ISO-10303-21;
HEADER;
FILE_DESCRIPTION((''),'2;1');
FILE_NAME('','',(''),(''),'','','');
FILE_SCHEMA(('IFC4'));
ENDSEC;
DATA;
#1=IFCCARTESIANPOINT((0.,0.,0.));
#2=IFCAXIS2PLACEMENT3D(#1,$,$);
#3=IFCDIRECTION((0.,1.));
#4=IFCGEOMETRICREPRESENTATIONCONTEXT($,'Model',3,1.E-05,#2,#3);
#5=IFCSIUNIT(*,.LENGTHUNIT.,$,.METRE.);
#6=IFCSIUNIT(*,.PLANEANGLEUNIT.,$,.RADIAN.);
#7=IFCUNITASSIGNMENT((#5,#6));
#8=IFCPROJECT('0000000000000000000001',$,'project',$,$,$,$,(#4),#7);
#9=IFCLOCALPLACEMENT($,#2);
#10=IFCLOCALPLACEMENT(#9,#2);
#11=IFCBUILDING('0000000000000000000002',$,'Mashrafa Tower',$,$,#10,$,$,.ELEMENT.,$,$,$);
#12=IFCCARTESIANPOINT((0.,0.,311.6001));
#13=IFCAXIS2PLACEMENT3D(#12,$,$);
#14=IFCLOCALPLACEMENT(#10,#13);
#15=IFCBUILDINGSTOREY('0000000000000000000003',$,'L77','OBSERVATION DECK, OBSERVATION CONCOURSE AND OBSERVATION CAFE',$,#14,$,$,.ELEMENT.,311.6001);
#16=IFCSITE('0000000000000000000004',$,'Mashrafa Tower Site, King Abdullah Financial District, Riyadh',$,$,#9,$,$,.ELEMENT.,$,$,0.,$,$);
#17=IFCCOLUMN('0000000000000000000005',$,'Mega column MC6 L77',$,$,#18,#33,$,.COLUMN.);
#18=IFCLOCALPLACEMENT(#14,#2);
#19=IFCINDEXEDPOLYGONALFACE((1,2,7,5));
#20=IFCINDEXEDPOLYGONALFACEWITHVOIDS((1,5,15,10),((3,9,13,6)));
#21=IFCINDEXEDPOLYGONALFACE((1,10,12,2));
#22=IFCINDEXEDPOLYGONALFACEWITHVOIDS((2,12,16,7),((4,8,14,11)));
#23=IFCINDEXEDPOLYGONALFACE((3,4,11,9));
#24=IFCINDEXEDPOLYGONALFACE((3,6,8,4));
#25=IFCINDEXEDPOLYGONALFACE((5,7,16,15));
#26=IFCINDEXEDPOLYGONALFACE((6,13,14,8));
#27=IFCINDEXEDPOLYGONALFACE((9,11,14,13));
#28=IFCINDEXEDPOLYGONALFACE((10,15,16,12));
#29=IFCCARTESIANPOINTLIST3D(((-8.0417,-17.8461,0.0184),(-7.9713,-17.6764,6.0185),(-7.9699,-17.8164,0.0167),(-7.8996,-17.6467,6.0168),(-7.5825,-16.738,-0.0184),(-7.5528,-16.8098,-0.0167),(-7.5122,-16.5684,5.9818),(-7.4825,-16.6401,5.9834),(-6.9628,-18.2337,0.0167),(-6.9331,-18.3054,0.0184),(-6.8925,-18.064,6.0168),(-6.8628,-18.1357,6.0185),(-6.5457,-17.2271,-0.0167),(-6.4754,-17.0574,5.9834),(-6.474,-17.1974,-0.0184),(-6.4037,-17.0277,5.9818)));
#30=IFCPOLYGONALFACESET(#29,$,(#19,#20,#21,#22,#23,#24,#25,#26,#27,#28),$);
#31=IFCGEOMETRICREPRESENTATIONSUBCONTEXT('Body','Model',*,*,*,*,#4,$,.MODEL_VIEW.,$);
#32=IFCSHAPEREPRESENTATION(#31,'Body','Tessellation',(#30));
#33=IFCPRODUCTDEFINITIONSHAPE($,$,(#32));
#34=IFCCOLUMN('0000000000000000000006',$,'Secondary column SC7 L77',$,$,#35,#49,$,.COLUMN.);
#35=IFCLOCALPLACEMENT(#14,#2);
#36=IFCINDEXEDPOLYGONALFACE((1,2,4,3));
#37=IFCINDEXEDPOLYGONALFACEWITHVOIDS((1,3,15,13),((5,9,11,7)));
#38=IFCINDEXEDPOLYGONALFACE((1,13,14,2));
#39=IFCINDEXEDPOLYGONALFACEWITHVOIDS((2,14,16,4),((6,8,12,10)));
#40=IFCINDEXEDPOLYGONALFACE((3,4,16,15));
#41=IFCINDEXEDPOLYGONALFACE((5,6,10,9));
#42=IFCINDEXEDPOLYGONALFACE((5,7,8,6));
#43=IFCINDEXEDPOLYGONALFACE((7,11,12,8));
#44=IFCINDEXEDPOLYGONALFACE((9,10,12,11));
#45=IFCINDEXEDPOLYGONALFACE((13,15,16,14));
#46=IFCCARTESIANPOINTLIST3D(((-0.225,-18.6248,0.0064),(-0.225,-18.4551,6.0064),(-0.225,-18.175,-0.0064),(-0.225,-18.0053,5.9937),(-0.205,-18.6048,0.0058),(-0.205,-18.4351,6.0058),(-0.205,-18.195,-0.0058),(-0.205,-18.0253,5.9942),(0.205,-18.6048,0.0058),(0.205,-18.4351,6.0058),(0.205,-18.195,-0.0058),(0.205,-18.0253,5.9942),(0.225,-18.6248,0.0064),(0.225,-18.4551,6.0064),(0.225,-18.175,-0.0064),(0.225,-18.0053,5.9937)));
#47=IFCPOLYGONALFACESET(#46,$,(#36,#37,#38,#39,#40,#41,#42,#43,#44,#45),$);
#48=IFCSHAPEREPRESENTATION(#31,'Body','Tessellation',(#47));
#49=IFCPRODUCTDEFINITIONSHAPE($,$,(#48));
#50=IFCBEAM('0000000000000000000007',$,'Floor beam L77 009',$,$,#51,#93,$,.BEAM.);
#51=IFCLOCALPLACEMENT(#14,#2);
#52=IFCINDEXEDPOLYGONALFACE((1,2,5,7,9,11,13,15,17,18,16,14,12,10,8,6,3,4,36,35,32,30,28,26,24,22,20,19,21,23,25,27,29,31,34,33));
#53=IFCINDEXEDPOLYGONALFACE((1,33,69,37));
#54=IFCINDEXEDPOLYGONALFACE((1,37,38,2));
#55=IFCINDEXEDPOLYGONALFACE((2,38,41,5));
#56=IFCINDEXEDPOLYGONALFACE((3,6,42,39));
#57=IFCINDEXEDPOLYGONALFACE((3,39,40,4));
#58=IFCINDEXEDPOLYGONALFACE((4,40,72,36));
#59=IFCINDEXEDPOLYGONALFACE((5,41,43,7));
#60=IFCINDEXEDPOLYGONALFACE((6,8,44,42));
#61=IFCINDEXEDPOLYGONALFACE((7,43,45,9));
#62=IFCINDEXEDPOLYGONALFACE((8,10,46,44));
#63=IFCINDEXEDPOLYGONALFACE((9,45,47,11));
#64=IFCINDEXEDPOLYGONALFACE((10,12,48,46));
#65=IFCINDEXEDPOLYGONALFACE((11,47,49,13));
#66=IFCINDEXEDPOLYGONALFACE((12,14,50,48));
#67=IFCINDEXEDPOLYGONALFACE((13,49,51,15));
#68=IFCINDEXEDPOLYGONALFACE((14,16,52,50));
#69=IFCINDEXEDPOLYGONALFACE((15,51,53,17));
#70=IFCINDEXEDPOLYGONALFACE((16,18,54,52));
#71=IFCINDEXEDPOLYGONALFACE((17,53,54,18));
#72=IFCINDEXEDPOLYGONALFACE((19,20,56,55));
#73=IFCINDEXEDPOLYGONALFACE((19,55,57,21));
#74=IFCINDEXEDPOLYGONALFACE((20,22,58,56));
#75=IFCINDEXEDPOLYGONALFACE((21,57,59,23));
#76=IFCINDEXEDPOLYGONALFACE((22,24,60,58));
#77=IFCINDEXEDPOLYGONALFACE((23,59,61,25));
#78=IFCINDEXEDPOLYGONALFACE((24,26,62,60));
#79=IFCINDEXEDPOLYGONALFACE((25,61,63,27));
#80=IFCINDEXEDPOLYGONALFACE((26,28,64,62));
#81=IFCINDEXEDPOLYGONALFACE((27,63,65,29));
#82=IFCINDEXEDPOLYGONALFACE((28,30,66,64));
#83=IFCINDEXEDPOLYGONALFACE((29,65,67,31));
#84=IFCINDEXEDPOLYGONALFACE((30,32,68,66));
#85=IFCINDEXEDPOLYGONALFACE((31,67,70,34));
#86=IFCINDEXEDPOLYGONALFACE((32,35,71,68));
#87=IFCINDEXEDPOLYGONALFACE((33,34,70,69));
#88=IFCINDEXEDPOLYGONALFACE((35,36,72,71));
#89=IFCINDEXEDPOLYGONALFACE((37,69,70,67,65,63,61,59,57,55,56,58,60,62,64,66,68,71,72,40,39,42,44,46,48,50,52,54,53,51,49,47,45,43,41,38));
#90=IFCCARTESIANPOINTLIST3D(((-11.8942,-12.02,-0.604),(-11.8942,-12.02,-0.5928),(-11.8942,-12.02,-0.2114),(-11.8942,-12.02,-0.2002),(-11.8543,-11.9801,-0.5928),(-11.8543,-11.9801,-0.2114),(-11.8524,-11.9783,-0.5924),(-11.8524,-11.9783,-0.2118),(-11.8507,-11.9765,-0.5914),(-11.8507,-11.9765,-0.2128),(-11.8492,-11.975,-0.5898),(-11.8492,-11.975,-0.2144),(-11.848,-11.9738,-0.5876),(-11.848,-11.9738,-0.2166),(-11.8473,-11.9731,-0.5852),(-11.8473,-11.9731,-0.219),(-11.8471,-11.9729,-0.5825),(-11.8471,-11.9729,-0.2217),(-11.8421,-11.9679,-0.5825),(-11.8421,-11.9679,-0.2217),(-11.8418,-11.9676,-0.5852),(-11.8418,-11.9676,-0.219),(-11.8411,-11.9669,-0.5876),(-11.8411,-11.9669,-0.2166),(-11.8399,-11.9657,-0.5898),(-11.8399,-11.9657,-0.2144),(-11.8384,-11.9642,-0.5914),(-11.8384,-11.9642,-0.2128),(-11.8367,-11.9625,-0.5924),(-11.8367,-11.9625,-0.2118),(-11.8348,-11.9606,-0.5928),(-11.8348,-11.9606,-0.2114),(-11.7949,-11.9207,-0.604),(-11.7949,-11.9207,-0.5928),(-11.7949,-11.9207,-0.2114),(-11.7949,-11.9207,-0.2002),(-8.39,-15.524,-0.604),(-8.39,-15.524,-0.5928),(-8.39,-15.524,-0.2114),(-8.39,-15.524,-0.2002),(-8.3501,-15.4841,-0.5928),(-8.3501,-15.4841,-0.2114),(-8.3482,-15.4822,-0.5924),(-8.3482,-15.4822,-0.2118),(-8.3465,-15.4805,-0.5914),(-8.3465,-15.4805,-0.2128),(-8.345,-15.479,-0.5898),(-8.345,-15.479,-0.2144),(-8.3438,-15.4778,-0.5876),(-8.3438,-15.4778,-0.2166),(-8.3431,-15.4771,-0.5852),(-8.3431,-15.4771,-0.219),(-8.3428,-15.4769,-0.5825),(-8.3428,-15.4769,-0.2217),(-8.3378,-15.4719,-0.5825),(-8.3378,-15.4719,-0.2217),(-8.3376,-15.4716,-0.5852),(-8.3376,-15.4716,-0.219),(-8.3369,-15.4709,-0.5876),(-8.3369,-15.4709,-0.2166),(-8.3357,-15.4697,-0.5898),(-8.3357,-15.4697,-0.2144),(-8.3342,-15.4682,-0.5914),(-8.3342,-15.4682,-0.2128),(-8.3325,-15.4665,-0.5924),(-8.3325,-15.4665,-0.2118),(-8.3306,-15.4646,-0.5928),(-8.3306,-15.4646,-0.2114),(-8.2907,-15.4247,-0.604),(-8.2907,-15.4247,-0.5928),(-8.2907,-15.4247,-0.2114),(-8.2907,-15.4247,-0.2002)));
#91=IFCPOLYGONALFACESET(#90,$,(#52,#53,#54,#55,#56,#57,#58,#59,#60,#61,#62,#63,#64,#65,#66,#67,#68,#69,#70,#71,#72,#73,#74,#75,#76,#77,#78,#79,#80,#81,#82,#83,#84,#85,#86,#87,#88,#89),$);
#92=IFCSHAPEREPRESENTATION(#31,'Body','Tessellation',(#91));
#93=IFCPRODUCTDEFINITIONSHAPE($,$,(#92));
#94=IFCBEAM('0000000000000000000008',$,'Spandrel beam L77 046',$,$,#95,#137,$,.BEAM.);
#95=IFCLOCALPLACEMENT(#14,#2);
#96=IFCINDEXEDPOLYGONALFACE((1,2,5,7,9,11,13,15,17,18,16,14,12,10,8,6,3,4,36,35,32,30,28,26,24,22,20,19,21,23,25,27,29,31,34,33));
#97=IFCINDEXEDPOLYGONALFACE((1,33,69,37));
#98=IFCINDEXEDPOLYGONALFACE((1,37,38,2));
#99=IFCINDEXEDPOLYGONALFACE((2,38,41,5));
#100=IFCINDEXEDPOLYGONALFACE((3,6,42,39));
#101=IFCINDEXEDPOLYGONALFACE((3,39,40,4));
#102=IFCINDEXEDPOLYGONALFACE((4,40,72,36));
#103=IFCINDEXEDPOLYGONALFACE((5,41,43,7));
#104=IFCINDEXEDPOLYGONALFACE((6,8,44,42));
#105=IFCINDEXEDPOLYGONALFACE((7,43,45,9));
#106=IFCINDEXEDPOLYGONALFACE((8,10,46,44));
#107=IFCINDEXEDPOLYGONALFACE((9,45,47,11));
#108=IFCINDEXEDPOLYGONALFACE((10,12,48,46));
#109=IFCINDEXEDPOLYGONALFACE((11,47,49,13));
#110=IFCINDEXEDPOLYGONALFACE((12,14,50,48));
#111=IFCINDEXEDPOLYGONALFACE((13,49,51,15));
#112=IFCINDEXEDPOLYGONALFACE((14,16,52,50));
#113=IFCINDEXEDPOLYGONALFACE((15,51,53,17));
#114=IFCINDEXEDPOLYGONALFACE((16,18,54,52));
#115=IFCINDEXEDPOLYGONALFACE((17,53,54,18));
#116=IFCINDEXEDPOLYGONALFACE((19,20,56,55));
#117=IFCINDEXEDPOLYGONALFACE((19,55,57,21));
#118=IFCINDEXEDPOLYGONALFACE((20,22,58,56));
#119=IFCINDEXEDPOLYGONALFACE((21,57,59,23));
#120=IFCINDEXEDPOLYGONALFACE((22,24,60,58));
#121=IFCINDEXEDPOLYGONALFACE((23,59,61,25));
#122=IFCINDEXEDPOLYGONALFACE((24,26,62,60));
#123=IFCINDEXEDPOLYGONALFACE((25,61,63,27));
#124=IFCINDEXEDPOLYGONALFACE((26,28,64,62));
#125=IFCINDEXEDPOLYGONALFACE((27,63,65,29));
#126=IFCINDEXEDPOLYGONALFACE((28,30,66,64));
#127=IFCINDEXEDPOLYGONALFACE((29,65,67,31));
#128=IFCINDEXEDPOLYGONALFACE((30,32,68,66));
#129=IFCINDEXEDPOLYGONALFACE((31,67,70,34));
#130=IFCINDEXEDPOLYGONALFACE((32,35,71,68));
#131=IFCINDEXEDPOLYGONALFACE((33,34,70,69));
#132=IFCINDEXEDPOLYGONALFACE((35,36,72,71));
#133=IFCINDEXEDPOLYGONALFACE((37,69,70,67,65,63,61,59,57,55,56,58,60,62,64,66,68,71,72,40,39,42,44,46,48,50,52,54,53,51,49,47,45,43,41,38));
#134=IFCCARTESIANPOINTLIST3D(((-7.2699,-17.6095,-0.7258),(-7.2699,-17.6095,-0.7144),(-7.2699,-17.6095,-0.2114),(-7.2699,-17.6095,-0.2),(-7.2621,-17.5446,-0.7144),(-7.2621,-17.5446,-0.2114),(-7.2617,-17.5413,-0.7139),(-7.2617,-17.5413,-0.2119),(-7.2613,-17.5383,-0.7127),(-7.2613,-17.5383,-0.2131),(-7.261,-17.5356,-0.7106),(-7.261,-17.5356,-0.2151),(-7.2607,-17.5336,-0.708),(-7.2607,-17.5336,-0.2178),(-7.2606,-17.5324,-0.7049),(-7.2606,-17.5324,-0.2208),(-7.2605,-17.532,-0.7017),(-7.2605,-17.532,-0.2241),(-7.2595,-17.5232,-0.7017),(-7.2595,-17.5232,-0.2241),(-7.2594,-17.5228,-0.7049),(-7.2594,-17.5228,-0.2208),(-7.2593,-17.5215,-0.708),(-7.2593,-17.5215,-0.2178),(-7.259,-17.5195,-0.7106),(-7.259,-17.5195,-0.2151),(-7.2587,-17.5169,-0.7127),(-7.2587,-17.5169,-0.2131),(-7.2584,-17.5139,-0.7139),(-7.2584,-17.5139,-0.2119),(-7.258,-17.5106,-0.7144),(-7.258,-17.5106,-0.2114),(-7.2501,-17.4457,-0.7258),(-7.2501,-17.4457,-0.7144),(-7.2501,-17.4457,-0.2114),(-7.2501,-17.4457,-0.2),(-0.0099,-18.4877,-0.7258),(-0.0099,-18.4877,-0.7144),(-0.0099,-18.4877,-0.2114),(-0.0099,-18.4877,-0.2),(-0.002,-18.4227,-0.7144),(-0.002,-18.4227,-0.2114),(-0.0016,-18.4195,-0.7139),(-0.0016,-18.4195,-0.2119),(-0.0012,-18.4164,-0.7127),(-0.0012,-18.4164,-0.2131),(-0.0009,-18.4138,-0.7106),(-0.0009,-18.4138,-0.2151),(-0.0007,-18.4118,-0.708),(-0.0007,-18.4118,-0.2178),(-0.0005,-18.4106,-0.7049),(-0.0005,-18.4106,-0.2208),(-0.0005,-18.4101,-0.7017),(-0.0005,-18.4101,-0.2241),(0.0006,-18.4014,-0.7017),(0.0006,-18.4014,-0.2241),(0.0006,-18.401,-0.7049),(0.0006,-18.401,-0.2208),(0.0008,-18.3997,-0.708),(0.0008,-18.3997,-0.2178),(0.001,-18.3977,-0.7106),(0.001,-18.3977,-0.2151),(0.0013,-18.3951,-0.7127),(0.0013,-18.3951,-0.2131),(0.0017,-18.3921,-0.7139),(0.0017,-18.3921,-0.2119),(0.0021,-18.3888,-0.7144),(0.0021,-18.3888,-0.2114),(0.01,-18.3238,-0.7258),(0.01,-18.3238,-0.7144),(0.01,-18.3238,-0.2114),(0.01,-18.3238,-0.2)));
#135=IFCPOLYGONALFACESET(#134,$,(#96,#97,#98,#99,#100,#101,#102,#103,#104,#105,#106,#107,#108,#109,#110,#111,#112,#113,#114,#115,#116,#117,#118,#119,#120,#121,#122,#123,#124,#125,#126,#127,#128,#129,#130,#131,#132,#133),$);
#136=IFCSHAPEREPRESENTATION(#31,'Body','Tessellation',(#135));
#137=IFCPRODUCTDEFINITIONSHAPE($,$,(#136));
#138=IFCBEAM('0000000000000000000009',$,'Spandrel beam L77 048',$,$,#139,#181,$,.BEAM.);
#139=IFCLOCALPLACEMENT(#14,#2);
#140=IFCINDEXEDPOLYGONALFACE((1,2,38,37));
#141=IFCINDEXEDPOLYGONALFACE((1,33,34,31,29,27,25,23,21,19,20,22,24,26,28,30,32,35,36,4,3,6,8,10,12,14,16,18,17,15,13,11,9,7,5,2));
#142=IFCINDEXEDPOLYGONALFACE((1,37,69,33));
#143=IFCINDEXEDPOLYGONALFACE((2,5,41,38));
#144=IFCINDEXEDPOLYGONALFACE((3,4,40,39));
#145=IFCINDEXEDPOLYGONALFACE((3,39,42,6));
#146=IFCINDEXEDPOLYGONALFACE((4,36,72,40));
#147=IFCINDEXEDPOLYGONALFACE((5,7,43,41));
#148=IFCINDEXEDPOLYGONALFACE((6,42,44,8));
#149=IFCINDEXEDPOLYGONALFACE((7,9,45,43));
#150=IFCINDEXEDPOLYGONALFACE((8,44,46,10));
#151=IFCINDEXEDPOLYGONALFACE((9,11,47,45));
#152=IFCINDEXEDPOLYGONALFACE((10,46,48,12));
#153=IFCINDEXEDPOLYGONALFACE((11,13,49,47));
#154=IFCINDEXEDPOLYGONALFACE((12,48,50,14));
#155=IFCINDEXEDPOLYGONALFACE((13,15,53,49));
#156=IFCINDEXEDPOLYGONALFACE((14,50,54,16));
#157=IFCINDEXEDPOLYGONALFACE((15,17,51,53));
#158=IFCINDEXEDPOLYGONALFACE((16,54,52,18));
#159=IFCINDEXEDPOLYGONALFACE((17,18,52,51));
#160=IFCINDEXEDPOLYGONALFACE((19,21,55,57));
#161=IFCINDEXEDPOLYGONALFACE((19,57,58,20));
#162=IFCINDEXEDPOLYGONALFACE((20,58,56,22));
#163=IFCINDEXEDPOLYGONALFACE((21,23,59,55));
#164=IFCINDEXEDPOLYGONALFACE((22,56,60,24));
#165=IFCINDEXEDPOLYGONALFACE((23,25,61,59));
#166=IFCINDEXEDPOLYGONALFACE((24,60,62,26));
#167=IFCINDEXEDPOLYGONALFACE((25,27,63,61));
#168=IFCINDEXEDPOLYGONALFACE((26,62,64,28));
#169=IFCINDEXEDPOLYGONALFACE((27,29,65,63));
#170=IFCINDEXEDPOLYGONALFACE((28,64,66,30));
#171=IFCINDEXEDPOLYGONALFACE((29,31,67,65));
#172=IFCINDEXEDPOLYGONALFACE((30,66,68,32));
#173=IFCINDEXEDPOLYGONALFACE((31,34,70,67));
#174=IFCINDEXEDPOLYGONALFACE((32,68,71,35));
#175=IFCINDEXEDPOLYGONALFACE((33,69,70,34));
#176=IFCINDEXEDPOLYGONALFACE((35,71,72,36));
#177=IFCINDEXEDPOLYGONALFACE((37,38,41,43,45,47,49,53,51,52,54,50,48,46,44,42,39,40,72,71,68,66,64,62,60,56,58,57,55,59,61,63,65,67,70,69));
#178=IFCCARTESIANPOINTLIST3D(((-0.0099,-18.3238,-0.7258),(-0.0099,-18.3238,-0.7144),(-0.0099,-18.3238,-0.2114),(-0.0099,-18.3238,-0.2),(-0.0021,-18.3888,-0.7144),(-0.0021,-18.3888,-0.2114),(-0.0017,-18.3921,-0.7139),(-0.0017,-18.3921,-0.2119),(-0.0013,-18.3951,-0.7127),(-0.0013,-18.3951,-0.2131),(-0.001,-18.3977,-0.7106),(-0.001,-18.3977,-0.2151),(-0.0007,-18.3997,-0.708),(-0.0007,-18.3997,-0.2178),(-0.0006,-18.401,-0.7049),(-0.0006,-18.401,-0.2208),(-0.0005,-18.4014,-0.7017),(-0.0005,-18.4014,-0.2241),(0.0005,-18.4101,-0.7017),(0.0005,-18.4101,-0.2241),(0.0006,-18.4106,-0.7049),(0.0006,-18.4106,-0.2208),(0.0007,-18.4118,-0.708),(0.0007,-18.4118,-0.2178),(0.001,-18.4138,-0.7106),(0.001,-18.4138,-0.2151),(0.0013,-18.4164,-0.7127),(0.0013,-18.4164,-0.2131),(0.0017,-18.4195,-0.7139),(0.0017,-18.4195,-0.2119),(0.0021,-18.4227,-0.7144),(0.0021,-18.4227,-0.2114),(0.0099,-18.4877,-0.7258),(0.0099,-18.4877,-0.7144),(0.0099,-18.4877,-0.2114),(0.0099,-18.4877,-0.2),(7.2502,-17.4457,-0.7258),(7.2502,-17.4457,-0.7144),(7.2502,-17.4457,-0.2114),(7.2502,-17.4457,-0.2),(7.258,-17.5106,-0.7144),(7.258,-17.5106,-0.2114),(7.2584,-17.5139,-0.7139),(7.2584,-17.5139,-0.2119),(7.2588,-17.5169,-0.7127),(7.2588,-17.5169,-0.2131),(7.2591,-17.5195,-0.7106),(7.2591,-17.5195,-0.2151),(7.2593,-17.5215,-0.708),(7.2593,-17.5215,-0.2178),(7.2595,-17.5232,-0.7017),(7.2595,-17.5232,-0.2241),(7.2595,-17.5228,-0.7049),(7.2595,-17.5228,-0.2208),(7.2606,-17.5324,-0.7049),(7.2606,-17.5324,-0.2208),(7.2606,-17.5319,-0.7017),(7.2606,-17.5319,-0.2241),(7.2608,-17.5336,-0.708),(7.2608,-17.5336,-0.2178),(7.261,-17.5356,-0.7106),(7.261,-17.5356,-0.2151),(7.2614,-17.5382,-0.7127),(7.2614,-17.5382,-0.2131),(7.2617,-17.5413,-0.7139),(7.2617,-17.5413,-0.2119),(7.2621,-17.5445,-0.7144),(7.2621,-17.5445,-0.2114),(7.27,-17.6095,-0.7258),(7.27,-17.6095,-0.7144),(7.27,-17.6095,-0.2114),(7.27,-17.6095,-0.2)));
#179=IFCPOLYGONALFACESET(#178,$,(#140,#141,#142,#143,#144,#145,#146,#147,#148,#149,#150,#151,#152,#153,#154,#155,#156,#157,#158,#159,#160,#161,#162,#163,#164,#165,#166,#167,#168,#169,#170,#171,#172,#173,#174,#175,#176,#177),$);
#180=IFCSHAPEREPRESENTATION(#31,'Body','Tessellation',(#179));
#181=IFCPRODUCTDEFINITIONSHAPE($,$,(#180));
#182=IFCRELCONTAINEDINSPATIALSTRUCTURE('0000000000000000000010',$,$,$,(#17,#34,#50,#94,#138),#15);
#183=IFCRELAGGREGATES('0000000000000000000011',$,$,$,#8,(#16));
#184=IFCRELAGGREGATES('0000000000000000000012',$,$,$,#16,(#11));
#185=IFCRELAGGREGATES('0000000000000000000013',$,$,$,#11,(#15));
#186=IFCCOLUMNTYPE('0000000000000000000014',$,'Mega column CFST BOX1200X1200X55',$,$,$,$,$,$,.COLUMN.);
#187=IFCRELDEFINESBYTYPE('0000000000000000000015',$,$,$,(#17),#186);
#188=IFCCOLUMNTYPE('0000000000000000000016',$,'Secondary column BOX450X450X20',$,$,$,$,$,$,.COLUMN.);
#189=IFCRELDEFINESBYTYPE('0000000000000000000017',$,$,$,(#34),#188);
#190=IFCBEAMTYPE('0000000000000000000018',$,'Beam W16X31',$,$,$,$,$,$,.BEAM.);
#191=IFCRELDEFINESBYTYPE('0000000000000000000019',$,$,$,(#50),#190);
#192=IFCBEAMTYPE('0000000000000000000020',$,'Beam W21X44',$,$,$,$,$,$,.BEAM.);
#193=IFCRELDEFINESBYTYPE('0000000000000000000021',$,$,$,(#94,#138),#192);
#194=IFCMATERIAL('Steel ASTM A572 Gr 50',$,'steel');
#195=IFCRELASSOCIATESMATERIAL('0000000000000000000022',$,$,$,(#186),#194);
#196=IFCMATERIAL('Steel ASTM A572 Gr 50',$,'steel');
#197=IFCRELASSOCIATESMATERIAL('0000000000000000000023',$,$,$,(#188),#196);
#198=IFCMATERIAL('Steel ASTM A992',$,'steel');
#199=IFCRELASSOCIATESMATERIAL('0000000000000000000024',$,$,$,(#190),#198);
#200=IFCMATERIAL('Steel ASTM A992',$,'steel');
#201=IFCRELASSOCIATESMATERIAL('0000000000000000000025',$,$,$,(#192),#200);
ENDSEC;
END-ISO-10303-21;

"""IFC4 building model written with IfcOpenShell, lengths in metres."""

from ifc_helpers import new_model, si_unit, direction, frame, origin, origin_2d, place, context, subcontext, project, spatial, hollow_rectangle, i_section, extrude, material, material_profile, profile_set, type_object, element, save


model = new_model("IFC4")

# Units and contexts
model_context = context("Model", 3, precision=1e-05, world=origin(), true_north=direction((0.0, 1.0)))
body_context = subcontext(model_context, "Body", "Model", "MODEL_VIEW")
ifc_project = project(units=[si_unit("LENGTHUNIT", "METRE"), si_unit("PLANEANGLEUNIT", "RADIAN")], contexts=[model_context])

# Site, building, storey
site_placement = place(None, origin())
site = spatial("IfcSite", under=ifc_project, at=site_placement, Name="Mashrafa Tower Site, King Abdullah Financial District, Riyadh", CompositionType="ELEMENT", RefElevation=0.0)
building_placement = place(site_placement, origin())
building = spatial("IfcBuilding", under=site, at=building_placement, Name="Mashrafa Tower", CompositionType="ELEMENT")
storey_placement = place(building_placement, frame((0.0, 0.0, 311.6001)))
storey = spatial("IfcBuildingStorey", under=building, at=storey_placement, Name="L77", Description="OBSERVATION DECK, OBSERVATION CONCOURSE AND OBSERVATION CAFE", CompositionType="ELEMENT", Elevation=311.6001)

# Columns
ifc_material_1 = material(Name="Steel ASTM A572 Gr 50", Category="steel")
ifc_material_profile_1 = material_profile(ifc_material_1, hollow_rectangle(XDim=1.2, YDim=1.2, WallThickness=0.0549, at=origin_2d()), Name="BOX1200X1200X55")
ifc_profile_set_1 = profile_set([ifc_material_profile_1], Name="Steel ASTM A572 Gr 50")
column_type_1 = type_object("IfcColumnType", Name="Mega column CFST BOX1200X1200X55", PredefinedType="COLUMN", material=ifc_profile_set_1)
column_1_placement = place(storey_placement, frame((-7.2578, -17.5217, 0.0), z_axis=(0.011713, 0.028266, 0.999532), x_axis=(-0.923822, 0.382821, 0.0)))
element("IfcColumn", 1, at=column_1_placement, inside=storey, type_object=column_type_1, Name="Mega column MC6 L77", PredefinedType="COLUMN", context=body_context, shape_type="SweptSolid", body=[
    extrude(hollow_rectangle(XDim=1.2, YDim=1.2, WallThickness=0.0549, at=origin_2d()), origin(), (0.0, 0.0, 1.0), 6.0029),
])
ifc_material_2 = material(Name="Steel ASTM A572 Gr 50", Category="steel")
ifc_material_profile_2 = material_profile(ifc_material_2, hollow_rectangle(XDim=0.45, YDim=0.45, WallThickness=0.02, at=origin_2d()), Name="BOX450X450X20")
ifc_profile_set_2 = profile_set([ifc_material_profile_2], Name="Steel ASTM A572 Gr 50")
column_type_2 = type_object("IfcColumnType", Name="Secondary column BOX450X450X20", PredefinedType="COLUMN", material=ifc_profile_set_2)
column_2_placement = place(storey_placement, frame((0.0, -18.3999, 0.0), z_axis=(0.0, 0.028268, 0.9996), x_axis=(-1.0, 0.0, 0.0)))
element("IfcColumn", 2, at=column_2_placement, inside=storey, type_object=column_type_2, Name="Secondary column SC7 L77", PredefinedType="COLUMN", context=body_context, shape_type="SweptSolid", body=[
    extrude(hollow_rectangle(XDim=0.45, YDim=0.45, WallThickness=0.02, at=origin_2d()), origin(), (0.0, 0.0, 1.0), 6.0024),
])

# Beams
ifc_material_3 = material(Name="Steel ASTM A992", Category="steel")
ifc_material_profile_3 = material_profile(ifc_material_3, i_section(OverallWidth=0.1404, OverallDepth=0.4038, WebThickness=0.0071, FlangeThickness=0.0112, FilletRadius=0.0103, at=origin_2d()), Name="W16X31")
ifc_profile_set_3 = profile_set([ifc_material_profile_3], Name="Steel ASTM A992")
beam_type_1 = type_object("IfcBeamType", Name="Beam W16X31", PredefinedType="BEAM", material=ifc_profile_set_3)
beam_1_placement = place(storey_placement, frame((-8.3403, -15.4744, -0.4021), z_axis=(-0.707131, 0.707082, 0.0), x_axis=(-0.707082, -0.707131, 0.0)))
element("IfcBeam", 3, at=beam_1_placement, inside=storey, type_object=beam_type_1, Name="Floor beam L77 009", PredefinedType="BEAM", context=body_context, shape_type="SweptSolid", body=[
    extrude(i_section(OverallWidth=0.1404, OverallDepth=0.4038, WebThickness=0.0071, FlangeThickness=0.0112, FilletRadius=0.0103, at=origin_2d()), origin(), (0.0, 0.0, 1.0), 4.9556),
])
ifc_material_4 = material(Name="Steel ASTM A992", Category="steel")
ifc_material_profile_4 = material_profile(ifc_material_4, i_section(OverallWidth=0.165, OverallDepth=0.5259, WebThickness=0.0088, FlangeThickness=0.0115, FilletRadius=0.0127, at=origin_2d()), Name="W21X44")
ifc_profile_set_4 = profile_set([ifc_material_profile_4], Name="Steel ASTM A992")
beam_type_2 = type_object("IfcBeamType", Name="Beam W21X44", PredefinedType="BEAM", material=ifc_profile_set_4)
for number, where, z_axis, x_axis, name in (
    (4, (-7.26, -17.5276, -0.4629), (0.992764, -0.120085, 0.0), (0.120085, 0.992764, 0.0), "Spandrel beam L77 046"),
    (5, (0.0, -18.4058, -0.4629), (0.992764, 0.120085, 0.0), (-0.120085, 0.992764, 0.0), "Spandrel beam L77 048"),
):
    element("IfcBeam", number, at=place(storey_placement, frame(where, z_axis=z_axis, x_axis=x_axis)), inside=storey, type_object=beam_type_2, Name=name, PredefinedType="BEAM", context=body_context, shape_type="SweptSolid", body=[
        extrude(i_section(OverallWidth=0.165, OverallDepth=0.5259, WebThickness=0.0088, FlangeThickness=0.0115, FilletRadius=0.0127, at=origin_2d()), origin(), (0.0, 0.0, 1.0), 7.313),
    ])

save(model, "model.ifc")
